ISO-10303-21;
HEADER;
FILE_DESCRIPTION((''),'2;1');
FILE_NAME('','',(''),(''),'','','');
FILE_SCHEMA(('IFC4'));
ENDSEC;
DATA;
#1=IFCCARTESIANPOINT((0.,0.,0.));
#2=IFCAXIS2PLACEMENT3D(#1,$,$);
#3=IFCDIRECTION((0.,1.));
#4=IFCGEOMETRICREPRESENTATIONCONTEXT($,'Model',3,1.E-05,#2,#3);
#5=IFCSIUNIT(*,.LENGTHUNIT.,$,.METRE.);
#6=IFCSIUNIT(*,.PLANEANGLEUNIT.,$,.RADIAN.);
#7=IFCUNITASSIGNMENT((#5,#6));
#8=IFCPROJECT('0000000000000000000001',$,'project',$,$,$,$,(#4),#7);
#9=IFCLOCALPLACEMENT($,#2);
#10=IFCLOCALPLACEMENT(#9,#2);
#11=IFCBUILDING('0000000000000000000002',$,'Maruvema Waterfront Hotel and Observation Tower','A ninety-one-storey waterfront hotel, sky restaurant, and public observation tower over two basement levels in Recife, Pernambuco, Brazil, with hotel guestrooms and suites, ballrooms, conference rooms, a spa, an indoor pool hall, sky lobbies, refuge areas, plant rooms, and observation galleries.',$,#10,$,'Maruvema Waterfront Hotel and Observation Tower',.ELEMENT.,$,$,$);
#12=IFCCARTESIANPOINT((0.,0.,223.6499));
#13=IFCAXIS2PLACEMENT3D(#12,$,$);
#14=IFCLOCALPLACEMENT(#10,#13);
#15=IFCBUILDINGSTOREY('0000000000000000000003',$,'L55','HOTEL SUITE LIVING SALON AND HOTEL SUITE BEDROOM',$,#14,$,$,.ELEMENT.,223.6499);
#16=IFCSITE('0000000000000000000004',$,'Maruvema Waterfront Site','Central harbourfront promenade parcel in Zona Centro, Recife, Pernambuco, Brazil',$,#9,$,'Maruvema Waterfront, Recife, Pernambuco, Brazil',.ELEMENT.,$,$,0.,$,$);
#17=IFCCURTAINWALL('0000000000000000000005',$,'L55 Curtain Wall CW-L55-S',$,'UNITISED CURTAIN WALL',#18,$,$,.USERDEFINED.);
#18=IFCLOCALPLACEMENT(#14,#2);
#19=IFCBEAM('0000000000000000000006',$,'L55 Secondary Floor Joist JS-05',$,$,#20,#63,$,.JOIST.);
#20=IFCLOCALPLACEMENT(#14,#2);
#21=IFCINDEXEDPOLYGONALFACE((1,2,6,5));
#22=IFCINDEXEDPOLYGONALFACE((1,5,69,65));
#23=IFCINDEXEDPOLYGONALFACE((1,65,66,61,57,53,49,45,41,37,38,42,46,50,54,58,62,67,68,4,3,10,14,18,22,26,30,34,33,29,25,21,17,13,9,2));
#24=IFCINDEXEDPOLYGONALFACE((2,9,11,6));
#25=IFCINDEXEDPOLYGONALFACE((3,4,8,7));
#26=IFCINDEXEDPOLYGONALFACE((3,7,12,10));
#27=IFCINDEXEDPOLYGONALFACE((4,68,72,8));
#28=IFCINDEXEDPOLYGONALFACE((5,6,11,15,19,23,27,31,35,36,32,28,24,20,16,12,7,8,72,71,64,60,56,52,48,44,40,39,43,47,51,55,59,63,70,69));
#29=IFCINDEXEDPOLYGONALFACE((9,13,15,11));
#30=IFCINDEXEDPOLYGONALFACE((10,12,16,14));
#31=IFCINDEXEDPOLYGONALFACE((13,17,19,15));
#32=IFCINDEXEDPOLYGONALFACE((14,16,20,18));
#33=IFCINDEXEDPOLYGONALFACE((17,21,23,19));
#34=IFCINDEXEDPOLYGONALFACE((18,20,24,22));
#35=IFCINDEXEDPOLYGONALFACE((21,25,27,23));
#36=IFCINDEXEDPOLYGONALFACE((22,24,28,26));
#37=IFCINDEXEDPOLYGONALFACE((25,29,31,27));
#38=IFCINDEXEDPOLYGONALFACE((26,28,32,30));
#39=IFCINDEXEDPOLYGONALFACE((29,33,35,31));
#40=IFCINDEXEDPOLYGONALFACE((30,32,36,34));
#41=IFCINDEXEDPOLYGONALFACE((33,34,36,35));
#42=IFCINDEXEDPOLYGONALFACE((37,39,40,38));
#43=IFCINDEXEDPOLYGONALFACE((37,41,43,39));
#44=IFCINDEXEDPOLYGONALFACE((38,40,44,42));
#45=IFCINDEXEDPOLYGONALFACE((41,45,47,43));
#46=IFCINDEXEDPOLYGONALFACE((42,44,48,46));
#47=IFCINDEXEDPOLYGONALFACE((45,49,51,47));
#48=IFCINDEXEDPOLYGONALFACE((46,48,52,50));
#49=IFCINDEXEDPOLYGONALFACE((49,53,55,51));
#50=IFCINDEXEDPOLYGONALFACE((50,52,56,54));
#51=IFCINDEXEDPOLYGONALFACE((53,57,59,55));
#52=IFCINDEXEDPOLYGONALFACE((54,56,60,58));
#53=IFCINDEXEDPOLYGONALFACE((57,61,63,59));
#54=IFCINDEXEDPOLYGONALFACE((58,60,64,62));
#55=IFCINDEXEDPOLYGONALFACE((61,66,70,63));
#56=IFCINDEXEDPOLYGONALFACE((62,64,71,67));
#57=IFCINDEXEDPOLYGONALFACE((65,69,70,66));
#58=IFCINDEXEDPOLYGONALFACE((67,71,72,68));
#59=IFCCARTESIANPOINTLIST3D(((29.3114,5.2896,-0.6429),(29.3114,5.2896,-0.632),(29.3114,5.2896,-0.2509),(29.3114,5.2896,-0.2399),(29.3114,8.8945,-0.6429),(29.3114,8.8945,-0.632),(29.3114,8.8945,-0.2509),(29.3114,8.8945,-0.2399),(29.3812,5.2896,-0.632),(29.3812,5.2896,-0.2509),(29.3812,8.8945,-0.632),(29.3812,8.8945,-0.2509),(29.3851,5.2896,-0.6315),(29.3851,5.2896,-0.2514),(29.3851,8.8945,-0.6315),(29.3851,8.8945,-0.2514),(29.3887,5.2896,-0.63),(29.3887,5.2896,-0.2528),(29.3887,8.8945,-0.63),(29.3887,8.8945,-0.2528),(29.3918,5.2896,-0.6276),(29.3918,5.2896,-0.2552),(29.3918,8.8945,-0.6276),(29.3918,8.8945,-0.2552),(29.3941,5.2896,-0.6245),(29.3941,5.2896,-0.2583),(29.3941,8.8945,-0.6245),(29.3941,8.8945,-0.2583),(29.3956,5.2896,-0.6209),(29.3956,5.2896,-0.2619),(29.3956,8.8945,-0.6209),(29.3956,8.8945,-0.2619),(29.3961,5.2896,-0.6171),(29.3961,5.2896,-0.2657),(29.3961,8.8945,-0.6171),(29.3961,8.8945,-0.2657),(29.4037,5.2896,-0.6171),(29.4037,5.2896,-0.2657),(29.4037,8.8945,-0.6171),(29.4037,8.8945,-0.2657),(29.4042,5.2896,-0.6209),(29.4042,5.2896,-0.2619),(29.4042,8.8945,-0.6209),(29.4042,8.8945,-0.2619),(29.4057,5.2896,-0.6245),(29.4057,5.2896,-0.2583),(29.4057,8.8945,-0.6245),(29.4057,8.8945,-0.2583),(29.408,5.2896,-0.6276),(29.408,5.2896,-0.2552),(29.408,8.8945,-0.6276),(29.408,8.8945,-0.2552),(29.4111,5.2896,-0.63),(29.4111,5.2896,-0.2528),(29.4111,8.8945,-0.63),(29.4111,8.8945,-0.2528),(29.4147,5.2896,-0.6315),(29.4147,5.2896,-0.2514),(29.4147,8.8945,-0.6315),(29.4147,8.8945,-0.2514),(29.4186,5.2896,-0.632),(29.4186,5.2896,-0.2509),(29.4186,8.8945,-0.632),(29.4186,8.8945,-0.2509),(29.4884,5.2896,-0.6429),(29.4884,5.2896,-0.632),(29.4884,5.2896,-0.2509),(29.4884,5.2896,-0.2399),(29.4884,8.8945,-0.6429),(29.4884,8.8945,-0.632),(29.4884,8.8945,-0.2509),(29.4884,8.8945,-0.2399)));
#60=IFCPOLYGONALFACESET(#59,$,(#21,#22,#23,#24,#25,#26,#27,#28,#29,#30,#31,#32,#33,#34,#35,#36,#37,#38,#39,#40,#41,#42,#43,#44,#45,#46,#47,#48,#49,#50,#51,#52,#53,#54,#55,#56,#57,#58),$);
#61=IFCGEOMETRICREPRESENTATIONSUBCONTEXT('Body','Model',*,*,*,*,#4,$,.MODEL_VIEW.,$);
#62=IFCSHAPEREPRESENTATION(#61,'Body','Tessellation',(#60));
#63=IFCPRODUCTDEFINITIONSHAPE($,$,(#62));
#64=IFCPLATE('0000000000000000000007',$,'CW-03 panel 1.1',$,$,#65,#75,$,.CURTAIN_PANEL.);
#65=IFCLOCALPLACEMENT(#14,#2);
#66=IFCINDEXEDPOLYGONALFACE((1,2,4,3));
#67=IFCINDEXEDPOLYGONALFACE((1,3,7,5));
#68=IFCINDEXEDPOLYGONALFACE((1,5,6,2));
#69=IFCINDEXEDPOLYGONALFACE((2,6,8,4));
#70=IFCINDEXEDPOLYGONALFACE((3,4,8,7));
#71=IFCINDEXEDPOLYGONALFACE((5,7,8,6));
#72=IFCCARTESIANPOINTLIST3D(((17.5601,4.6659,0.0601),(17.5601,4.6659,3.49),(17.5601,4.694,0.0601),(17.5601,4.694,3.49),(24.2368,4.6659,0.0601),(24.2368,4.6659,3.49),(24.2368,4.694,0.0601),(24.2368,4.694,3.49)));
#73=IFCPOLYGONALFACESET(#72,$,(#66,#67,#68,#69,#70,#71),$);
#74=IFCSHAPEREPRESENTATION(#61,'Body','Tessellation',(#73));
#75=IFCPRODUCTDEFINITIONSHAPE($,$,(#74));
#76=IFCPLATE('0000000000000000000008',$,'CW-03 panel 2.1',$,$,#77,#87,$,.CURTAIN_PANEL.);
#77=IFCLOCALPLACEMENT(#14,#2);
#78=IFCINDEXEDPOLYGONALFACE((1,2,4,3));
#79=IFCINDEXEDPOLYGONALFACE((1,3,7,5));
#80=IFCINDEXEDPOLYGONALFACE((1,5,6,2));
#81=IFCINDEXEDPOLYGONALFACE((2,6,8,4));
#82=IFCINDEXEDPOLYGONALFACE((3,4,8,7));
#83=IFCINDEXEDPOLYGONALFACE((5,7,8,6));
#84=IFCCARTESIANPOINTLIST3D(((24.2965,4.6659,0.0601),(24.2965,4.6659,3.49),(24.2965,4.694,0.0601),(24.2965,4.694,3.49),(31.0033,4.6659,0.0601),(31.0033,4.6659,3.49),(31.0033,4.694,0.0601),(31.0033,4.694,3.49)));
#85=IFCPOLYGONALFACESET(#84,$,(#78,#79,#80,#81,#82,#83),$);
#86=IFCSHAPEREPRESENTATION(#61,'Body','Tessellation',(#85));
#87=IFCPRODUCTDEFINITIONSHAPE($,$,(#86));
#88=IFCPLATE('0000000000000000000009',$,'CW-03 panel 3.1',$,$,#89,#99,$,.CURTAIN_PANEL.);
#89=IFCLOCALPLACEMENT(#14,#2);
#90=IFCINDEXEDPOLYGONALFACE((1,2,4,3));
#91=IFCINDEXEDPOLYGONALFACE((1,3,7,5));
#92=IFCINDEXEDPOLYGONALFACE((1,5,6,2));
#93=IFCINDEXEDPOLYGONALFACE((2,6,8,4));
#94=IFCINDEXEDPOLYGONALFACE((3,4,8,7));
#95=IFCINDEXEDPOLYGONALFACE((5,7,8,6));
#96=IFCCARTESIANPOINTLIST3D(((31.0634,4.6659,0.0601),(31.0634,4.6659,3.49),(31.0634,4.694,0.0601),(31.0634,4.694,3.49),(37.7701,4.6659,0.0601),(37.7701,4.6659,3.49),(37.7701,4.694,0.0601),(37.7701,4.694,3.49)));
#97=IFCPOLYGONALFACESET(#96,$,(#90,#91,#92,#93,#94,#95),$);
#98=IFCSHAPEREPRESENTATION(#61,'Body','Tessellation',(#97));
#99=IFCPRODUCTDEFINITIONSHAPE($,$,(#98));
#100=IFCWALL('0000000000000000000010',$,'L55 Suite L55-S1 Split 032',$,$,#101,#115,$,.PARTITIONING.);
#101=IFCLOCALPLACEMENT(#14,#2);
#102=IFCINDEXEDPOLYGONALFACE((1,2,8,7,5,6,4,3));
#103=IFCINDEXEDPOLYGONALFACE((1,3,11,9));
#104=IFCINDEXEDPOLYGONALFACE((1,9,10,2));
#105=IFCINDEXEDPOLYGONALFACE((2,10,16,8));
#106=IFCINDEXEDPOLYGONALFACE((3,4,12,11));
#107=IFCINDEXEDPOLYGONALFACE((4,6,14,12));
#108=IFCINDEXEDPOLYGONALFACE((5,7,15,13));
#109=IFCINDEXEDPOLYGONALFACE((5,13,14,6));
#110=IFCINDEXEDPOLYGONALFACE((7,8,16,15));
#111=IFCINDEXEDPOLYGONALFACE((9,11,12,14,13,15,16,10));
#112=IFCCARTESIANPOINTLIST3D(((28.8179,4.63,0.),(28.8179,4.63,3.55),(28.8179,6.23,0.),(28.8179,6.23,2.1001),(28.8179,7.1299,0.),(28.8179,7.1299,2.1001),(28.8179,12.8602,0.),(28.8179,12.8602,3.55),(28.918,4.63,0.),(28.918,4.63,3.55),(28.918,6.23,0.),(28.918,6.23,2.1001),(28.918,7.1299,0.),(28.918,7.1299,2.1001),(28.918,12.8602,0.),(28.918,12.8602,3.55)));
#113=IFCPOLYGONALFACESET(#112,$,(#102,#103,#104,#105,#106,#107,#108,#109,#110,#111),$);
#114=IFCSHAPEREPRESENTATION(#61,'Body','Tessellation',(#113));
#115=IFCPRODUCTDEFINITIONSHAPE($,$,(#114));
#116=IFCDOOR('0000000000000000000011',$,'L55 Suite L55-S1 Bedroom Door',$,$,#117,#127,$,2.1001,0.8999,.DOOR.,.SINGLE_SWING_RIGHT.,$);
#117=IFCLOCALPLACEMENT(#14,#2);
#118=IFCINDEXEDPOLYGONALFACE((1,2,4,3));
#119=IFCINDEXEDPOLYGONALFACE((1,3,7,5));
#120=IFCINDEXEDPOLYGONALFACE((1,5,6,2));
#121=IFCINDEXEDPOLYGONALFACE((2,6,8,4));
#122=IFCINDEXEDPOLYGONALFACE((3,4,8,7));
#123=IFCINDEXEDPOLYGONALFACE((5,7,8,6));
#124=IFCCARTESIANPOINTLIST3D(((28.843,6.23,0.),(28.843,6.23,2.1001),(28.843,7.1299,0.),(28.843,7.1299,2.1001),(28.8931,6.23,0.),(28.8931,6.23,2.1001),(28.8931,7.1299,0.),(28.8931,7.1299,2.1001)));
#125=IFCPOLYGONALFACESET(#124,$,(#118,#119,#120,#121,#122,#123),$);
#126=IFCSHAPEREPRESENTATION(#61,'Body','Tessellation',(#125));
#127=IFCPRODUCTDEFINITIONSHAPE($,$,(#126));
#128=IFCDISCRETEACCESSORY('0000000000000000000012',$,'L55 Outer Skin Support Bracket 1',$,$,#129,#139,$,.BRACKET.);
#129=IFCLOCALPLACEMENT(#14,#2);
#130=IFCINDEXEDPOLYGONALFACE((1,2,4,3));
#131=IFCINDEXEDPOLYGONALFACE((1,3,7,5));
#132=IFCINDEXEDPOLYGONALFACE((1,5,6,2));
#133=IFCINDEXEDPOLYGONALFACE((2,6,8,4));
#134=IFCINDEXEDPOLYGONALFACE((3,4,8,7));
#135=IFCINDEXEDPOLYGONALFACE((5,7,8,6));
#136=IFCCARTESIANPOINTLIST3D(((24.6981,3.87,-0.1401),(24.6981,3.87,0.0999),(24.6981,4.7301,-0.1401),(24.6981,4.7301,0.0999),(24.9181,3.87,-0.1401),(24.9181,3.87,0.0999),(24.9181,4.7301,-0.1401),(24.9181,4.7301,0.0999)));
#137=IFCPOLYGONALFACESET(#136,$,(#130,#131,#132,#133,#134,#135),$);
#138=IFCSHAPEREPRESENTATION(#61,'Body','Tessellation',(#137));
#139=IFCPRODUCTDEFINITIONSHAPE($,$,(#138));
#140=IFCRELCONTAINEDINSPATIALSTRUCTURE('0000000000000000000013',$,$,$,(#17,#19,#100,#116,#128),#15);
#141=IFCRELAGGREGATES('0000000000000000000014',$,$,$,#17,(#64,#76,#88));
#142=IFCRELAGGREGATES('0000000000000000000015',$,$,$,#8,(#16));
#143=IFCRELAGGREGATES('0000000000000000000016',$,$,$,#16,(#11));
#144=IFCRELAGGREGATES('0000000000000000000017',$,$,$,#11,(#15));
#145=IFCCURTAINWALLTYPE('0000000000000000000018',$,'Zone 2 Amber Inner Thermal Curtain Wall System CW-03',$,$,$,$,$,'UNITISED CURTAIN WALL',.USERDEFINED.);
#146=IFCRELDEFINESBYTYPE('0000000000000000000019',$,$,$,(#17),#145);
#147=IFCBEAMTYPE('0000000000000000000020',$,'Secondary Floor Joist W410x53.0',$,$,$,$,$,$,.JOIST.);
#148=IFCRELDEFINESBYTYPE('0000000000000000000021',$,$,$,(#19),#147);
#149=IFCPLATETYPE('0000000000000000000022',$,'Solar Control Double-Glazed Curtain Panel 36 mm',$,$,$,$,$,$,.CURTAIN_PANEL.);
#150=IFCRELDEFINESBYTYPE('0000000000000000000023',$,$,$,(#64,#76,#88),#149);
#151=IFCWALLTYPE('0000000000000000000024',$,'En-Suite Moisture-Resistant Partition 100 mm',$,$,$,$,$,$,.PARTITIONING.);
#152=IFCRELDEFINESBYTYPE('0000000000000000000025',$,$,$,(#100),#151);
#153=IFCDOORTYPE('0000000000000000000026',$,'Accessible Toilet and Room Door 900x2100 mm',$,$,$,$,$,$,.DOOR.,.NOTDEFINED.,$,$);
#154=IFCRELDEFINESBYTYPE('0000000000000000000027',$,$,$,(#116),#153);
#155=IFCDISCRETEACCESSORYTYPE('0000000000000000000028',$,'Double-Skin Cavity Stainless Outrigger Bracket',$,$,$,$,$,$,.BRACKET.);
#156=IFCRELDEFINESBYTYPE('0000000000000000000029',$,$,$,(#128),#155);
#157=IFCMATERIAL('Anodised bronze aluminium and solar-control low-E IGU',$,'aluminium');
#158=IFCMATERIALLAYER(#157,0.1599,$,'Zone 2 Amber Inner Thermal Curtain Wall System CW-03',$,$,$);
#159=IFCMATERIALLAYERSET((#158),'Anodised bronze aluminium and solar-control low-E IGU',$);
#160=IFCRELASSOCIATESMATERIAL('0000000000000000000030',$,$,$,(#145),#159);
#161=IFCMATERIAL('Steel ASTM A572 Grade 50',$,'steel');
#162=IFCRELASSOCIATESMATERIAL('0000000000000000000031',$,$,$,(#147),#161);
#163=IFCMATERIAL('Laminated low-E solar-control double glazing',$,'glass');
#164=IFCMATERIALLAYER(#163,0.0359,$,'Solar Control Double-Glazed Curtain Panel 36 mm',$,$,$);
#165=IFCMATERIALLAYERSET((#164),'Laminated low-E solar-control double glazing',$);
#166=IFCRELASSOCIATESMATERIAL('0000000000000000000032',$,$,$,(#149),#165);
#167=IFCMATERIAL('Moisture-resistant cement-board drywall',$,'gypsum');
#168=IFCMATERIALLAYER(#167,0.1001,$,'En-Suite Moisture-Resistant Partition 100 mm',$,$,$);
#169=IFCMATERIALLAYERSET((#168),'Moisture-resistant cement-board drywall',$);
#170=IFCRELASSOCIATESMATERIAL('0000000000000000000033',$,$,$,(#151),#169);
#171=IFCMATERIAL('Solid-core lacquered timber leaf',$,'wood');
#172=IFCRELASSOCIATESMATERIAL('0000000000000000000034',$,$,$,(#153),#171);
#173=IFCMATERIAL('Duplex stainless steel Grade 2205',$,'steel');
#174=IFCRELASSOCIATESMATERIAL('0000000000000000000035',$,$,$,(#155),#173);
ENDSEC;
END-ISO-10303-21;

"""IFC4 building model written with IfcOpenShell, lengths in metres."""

from ifc_helpers import new_model, si_unit, direction, frame, frame_2d, origin, origin_2d, place, context, subcontext, project, spatial, rectangle, i_section, extrude, material, layer, layer_set, material_profile, profile_set, type_object, element, fill, aggregate, save


model = new_model("IFC4")

# Units and contexts
model_context = context("Model", 3, precision=1e-05, world=origin(), true_north=direction((0.0, 1.0)))
body_context = subcontext(model_context, "Body", "Model", "MODEL_VIEW")
ifc_project = project(units=[si_unit("LENGTHUNIT", "METRE"), si_unit("PLANEANGLEUNIT", "RADIAN")], contexts=[model_context])

# Site, building, storey
site_placement = place(None, origin())
site = spatial("IfcSite", under=ifc_project, at=site_placement, Name="Maruvema Waterfront Site", Description="Central harbourfront promenade parcel in Zona Centro, Recife, Pernambuco, Brazil", LongName="Maruvema Waterfront, Recife, Pernambuco, Brazil", CompositionType="ELEMENT", RefElevation=0.0)
building_placement = place(site_placement, origin())
building = spatial("IfcBuilding", under=site, at=building_placement, Name="Maruvema Waterfront Hotel and Observation Tower", Description="A ninety-one-storey waterfront hotel, sky restaurant, and public observation tower over two basement levels in Recife, Pernambuco, Brazil, with hotel guestrooms and suites, ballrooms, conference rooms, a spa, an indoor pool hall, sky lobbies, refuge areas, plant rooms, and observation galleries.", LongName="Maruvema Waterfront Hotel and Observation Tower", CompositionType="ELEMENT")
storey_placement = place(building_placement, frame((0.0, 0.0, 223.6499)))
storey = spatial("IfcBuildingStorey", under=building, at=storey_placement, Name="L55", Description="HOTEL SUITE LIVING SALON AND HOTEL SUITE BEDROOM", CompositionType="ELEMENT", Elevation=223.6499)

# Curtain wall
ifc_material_1 = material(Name="Anodised bronze aluminium and solar-control low-E IGU", Category="aluminium")
ifc_layer_1 = layer(ifc_material_1, 0.1599, Name="Zone 2 Amber Inner Thermal Curtain Wall System CW-03")
ifc_layer_set_1 = layer_set([ifc_layer_1], Name="Anodised bronze aluminium and solar-control low-E IGU")
curtain_wall_type = type_object("IfcCurtainWallType", Name="Zone 2 Amber Inner Thermal Curtain Wall System CW-03", ElementType="UNITISED CURTAIN WALL", PredefinedType="USERDEFINED", material=ifc_layer_set_1)
curtain_wall_placement = place(storey_placement, origin())
curtain_wall = element("IfcCurtainWall", 1, at=curtain_wall_placement, inside=storey, type_object=curtain_wall_type, Name="L55 Curtain Wall CW-L55-S", ObjectType="UNITISED CURTAIN WALL", PredefinedType="USERDEFINED")

# Beam
ifc_material_2 = material(Name="Steel ASTM A572 Grade 50", Category="steel")
ifc_material_profile_1 = material_profile(ifc_material_2, i_section(OverallWidth=0.177, OverallDepth=0.4031, WebThickness=0.0076, FlangeThickness=0.011, FilletRadius=0.0149, at=origin_2d()), Name="W410x53.0")
ifc_profile_set_1 = profile_set([ifc_material_profile_1], Name="Steel ASTM A572 Grade 50")
beam_type_1 = type_object("IfcBeamType", Name="Secondary Floor Joist W410x53.0", PredefinedType="JOIST", material=ifc_profile_set_1)
beam_1_placement = place(storey_placement, frame((29.3999, 5.2896, -0.4414), z_axis=(0.0, 1.0, 0.0), x_axis=(-1.0, 0.0, 0.0)))
element("IfcBeam", 2, at=beam_1_placement, inside=storey, type_object=beam_type_1, Name="L55 Secondary Floor Joist JS-05", PredefinedType="JOIST", context=body_context, shape_type="SweptSolid", body=[
    extrude(i_section(OverallWidth=0.177, OverallDepth=0.4031, WebThickness=0.0076, FlangeThickness=0.011, FilletRadius=0.0149, at=origin_2d()), origin(), (0.0, 0.0, 1.0), 3.605),
])

# Plates
ifc_material_3 = material(Name="Laminated low-E solar-control double glazing", Category="glass")
ifc_layer_2 = layer(ifc_material_3, 0.0359, Name="Solar Control Double-Glazed Curtain Panel 36 mm")
ifc_layer_set_2 = layer_set([ifc_layer_2], Name="Laminated low-E solar-control double glazing")
plate_type = type_object("IfcPlateType", Name="Solar Control Double-Glazed Curtain Panel 36 mm", PredefinedType="CURTAIN_PANEL", material=ifc_layer_set_2)
plate_1_placement = place(storey_placement, frame((20.8984, 4.6799, 0.0601), z_axis=(0.0, 0.0, 1.0), x_axis=(1.0, 0.0, 0.0)))
plate_1 = element("IfcPlate", 3, at=plate_1_placement, type_object=plate_type, Name="CW-03 panel 1.1", PredefinedType="CURTAIN_PANEL", context=body_context, shape_type="SweptSolid", body=[
    extrude(rectangle(XDim=6.6768, YDim=0.0281, at=origin_2d()), origin(), (0.0, 0.0, 1.0), 3.4299),
])
plate_2_placement = place(storey_placement, frame((27.6499, 4.6799, 0.0601), z_axis=(0.0, 0.0, 1.0), x_axis=(1.0, 0.0, 0.0)))
plate_2 = element("IfcPlate", 4, at=plate_2_placement, type_object=plate_type, Name="CW-03 panel 2.1", PredefinedType="CURTAIN_PANEL", context=body_context, shape_type="SweptSolid", body=[
    extrude(rectangle(XDim=6.7068, YDim=0.0281, at=origin_2d()), origin(), (0.0, 0.0, 1.0), 3.4299),
])
plate_3_placement = place(storey_placement, frame((34.4167, 4.6799, 0.0601), z_axis=(0.0, 0.0, 1.0), x_axis=(1.0, 0.0, 0.0)))
plate_3 = element("IfcPlate", 5, at=plate_3_placement, type_object=plate_type, Name="CW-03 panel 3.1", PredefinedType="CURTAIN_PANEL", context=body_context, shape_type="SweptSolid", body=[
    extrude(rectangle(XDim=6.7068, YDim=0.0281, at=origin_2d()), origin(), (0.0, 0.0, 1.0), 3.4299),
])
aggregate(curtain_wall, [plate_1, plate_2, plate_3])

# Wall, opening, door
ifc_material_4 = material(Name="Moisture-resistant cement-board drywall", Category="gypsum")
ifc_layer_3 = layer(ifc_material_4, 0.1001, Name="En-Suite Moisture-Resistant Partition 100 mm")
ifc_layer_set_3 = layer_set([ifc_layer_3], Name="Moisture-resistant cement-board drywall")
wall_type = type_object("IfcWallType", Name="En-Suite Moisture-Resistant Partition 100 mm", PredefinedType="PARTITIONING", material=ifc_layer_set_3)
wall_placement = place(storey_placement, frame((28.8679, 4.6299, 0.0), z_axis=(0.0, 0.0, 1.0), x_axis=(0.0, 1.0, 0.0)))
wall = element("IfcWall", 6, at=wall_placement, inside=storey, type_object=wall_type, Name="L55 Suite L55-S1 Split 032", PredefinedType="PARTITIONING", context=body_context, shape_type="SweptSolid", body=[
    extrude(rectangle(XDim=8.2302, YDim=0.1001, at=frame_2d((4.1152, 0.0))), origin(), (0.0, 0.0, 1.0), 3.55),
])
opening_placement = place(wall_placement, frame((1.6001, 0.0, 0.0)))
opening = element("IfcOpeningElement", 7, at=opening_placement, cuts=wall, PredefinedType="OPENING", context=body_context, shape_type="SweptSolid", body=[
    extrude(rectangle(XDim=0.8999, YDim=2.1001, at=frame_2d((0.45, 1.05))), frame((0.0, 0.0601, 0.0), z_axis=(0.0, -1.0, 0.0), x_axis=(1.0, 0.0, 0.0)), (0.0, 0.0, 1.0), 0.1201),
])
ifc_material_5 = material(Name="Solid-core lacquered timber leaf", Category="wood")
door_type = type_object("IfcDoorType", Name="Accessible Toilet and Room Door 900x2100 mm", OperationType="NOTDEFINED", PredefinedType="DOOR", material=ifc_material_5)
door_placement = place(opening_placement, origin())
door = element("IfcDoor", 8, at=door_placement, inside=storey, type_object=door_type, Name="L55 Suite L55-S1 Bedroom Door", OperationType="SINGLE_SWING_RIGHT", OverallHeight=2.1001, OverallWidth=0.8999, PredefinedType="DOOR", context=body_context, shape_type="SweptSolid", body=[
    extrude(rectangle(XDim=0.8999, YDim=2.1001, at=frame_2d((0.45, 1.05))), frame((0.0, 0.0249, 0.0), z_axis=(0.0, -1.0, 0.0), x_axis=(1.0, 0.0, 0.0)), (0.0, 0.0, 1.0), 0.05),
])
fill(opening, door)

# Discrete accessory
ifc_material_6 = material(Name="Duplex stainless steel Grade 2205", Category="steel")
discrete_accessory_type = type_object("IfcDiscreteAccessoryType", Name="Double-Skin Cavity Stainless Outrigger Bracket", PredefinedType="BRACKET", material=ifc_material_6)
discrete_accessory_placement = place(storey_placement, frame((24.8081, 4.3, -0.1401), z_axis=(0.0, 0.0, 1.0), x_axis=(1.0, 0.0, 0.0)))
element("IfcDiscreteAccessory", 9, at=discrete_accessory_placement, inside=storey, type_object=discrete_accessory_type, Name="L55 Outer Skin Support Bracket 1", PredefinedType="BRACKET", context=body_context, shape_type="SweptSolid", body=[
    extrude(rectangle(XDim=0.22, YDim=0.8601, at=origin_2d()), origin(), (0.0, 0.0, 1.0), 0.24),
])

save(model, "model.ifc")
